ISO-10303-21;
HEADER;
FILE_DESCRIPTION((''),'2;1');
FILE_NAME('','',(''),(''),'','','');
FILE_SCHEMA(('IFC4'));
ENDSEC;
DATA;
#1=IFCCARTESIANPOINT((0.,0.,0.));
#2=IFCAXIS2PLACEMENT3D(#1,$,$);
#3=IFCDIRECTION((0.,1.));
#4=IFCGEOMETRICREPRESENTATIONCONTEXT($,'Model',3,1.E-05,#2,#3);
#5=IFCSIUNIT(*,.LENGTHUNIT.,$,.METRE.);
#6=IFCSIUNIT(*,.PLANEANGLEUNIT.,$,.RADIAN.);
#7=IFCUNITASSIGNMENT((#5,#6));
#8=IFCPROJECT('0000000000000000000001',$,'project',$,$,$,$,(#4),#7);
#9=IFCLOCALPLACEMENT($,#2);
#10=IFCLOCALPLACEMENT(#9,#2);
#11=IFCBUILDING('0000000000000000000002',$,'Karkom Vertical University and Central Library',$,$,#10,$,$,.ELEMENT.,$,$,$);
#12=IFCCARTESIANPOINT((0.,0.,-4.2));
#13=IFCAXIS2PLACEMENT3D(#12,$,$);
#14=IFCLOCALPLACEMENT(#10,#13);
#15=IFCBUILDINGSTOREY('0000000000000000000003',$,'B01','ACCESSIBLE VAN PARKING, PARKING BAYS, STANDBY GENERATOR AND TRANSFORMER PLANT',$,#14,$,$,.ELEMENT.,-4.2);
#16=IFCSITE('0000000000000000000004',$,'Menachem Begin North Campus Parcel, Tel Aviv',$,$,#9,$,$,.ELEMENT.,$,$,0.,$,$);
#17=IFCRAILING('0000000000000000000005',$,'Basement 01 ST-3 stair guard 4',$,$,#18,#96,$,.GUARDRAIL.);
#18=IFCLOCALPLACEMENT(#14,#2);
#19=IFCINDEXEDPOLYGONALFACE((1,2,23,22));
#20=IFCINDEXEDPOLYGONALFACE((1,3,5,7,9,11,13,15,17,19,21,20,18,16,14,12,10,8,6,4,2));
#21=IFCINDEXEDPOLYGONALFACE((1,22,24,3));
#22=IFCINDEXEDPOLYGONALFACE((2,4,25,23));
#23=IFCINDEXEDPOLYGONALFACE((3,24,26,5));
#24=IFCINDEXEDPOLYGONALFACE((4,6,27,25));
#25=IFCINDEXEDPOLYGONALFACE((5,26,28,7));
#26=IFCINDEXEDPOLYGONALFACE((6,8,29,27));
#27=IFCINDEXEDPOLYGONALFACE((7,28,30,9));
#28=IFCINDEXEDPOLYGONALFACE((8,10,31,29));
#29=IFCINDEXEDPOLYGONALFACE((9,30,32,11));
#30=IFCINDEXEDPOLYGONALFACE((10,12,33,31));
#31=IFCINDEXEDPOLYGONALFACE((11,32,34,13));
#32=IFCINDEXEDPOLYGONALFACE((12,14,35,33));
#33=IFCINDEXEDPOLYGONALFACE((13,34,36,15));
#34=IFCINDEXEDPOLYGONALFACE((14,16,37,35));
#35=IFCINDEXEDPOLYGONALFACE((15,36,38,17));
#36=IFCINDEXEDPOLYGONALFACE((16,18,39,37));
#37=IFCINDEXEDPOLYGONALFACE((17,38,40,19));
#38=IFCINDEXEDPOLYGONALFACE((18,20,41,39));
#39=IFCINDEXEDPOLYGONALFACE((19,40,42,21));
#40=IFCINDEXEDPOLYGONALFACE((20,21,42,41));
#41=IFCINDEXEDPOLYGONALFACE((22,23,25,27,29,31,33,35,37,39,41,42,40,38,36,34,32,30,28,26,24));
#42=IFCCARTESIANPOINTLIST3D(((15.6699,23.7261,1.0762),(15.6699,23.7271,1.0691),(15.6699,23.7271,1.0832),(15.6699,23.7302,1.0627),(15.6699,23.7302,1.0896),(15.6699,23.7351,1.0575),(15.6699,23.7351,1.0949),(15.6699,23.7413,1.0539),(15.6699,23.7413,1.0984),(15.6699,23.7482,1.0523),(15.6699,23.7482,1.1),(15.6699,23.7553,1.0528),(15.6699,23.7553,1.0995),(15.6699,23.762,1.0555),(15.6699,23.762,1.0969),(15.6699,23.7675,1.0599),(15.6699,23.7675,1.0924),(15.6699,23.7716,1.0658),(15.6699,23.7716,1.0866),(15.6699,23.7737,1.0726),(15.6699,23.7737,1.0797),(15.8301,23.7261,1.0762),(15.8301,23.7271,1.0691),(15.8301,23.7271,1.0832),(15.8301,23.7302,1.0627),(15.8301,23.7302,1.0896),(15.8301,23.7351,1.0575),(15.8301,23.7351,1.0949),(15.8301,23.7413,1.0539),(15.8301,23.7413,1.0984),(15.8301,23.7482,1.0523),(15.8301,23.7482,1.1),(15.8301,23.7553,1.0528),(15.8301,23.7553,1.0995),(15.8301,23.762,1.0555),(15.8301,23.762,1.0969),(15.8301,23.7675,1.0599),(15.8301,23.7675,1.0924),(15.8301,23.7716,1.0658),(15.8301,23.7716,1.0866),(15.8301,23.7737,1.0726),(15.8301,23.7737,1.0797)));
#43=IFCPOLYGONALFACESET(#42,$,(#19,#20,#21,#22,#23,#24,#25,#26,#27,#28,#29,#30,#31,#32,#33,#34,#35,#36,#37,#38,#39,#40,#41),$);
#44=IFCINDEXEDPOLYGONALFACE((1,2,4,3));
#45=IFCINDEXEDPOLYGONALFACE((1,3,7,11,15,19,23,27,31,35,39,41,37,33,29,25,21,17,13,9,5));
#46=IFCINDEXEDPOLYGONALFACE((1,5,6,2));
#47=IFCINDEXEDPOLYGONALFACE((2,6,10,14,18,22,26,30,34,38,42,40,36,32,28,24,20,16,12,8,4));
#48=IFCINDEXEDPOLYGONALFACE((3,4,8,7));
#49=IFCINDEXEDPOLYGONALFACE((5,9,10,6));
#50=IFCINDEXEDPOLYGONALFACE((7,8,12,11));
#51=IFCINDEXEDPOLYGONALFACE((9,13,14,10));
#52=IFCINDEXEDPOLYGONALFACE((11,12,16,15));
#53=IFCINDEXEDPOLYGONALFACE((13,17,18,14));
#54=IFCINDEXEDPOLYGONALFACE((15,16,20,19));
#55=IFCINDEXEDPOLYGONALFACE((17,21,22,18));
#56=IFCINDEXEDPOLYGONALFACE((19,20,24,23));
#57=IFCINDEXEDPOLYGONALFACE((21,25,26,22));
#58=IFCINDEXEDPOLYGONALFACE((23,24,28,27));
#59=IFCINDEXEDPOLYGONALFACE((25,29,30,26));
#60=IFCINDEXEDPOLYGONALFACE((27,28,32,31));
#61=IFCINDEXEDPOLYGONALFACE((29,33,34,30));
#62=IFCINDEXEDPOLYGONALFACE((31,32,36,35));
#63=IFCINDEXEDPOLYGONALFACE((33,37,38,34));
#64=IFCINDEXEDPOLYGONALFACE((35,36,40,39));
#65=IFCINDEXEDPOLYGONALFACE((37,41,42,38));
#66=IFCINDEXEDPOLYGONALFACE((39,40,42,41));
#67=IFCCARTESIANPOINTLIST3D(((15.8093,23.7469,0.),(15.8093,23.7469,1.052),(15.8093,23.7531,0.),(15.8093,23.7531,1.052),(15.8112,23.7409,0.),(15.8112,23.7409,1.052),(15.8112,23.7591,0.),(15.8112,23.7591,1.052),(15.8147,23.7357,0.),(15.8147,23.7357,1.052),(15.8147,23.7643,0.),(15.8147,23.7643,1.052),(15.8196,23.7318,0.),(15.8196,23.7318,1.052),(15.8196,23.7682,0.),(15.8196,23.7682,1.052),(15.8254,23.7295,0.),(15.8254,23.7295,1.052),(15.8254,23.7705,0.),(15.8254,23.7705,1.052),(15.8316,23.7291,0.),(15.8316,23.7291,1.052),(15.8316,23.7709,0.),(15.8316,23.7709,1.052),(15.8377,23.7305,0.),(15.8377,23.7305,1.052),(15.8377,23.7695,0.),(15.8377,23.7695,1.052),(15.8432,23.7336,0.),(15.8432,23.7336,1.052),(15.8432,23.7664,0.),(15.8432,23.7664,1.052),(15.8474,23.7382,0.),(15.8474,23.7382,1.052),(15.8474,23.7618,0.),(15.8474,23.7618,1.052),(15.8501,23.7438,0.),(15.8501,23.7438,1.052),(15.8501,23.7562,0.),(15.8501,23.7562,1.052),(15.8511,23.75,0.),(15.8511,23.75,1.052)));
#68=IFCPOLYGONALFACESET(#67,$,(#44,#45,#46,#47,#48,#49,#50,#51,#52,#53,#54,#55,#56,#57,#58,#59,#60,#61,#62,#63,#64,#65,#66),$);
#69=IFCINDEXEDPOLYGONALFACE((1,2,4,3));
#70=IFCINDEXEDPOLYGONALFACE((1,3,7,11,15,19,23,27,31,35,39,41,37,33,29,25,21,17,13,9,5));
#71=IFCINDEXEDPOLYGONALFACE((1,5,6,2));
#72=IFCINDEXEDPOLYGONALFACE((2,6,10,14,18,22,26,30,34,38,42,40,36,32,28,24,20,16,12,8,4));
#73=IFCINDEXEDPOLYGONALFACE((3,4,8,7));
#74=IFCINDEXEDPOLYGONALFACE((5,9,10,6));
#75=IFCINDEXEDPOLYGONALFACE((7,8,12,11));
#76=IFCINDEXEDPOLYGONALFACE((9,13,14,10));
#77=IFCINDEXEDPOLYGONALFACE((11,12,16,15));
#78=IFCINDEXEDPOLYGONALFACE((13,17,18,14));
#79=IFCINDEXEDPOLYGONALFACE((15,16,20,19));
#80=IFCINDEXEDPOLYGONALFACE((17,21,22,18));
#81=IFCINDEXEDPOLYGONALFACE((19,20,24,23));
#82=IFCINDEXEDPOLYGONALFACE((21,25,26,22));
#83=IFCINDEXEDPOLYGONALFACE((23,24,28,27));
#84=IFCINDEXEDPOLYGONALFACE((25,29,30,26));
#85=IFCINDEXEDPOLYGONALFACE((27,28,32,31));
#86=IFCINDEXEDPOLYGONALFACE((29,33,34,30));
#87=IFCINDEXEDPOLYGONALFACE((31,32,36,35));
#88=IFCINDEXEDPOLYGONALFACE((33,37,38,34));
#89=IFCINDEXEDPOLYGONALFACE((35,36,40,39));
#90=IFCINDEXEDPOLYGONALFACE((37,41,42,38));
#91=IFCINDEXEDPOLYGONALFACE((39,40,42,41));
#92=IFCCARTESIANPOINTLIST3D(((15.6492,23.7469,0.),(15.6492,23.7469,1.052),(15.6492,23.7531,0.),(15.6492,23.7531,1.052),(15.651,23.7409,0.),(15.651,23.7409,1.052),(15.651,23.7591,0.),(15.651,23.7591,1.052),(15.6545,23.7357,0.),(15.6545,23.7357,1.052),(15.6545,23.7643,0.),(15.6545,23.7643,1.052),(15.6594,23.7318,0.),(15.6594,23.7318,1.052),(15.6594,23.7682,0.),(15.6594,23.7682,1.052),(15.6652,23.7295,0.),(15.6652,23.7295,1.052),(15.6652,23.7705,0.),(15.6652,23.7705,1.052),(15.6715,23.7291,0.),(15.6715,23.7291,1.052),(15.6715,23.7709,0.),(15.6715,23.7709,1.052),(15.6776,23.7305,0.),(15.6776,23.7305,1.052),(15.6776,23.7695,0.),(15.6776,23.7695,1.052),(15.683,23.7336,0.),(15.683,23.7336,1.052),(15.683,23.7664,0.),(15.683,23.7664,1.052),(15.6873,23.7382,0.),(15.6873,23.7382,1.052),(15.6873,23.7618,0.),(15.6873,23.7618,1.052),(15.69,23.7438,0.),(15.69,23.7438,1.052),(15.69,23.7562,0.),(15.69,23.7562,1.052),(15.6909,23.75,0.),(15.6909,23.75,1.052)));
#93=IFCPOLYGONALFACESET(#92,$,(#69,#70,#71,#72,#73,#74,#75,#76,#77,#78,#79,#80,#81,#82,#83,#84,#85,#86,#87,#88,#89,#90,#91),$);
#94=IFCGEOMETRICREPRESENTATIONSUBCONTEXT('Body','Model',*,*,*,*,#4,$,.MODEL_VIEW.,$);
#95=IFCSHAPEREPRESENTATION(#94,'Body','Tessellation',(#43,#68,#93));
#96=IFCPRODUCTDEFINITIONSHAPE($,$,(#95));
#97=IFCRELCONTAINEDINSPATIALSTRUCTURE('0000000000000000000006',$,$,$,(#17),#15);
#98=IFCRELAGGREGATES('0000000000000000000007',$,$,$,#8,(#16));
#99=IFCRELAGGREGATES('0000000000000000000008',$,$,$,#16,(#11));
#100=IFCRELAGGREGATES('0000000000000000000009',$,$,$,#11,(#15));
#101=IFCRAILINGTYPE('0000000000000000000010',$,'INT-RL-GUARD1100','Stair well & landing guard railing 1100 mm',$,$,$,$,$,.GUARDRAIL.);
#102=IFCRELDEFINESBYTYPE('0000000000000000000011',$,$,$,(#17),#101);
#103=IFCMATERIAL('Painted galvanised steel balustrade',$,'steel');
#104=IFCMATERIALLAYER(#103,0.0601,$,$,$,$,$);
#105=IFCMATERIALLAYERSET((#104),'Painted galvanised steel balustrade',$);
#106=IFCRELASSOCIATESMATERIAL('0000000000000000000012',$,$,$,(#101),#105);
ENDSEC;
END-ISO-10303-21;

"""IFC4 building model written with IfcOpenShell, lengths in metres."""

from ifc_helpers import new_model, si_unit, direction, frame, origin, origin_2d, place, context, subcontext, project, spatial, circle, extrude, material, layer, layer_set, type_object, element, save


model = new_model("IFC4")

# Units and contexts
model_context = context("Model", 3, precision=1e-05, world=origin(), true_north=direction((0.0, 1.0)))
body_context = subcontext(model_context, "Body", "Model", "MODEL_VIEW")
ifc_project = project(units=[si_unit("LENGTHUNIT", "METRE"), si_unit("PLANEANGLEUNIT", "RADIAN")], contexts=[model_context])

# Site, building, storey
site_placement = place(None, origin())
site = spatial("IfcSite", under=ifc_project, at=site_placement, Name="Menachem Begin North Campus Parcel, Tel Aviv", CompositionType="ELEMENT", RefElevation=0.0)
building_placement = place(site_placement, origin())
building = spatial("IfcBuilding", under=site, at=building_placement, Name="Karkom Vertical University and Central Library", CompositionType="ELEMENT")
storey_placement = place(building_placement, frame((0.0, 0.0, -4.2)))
storey = spatial("IfcBuildingStorey", under=building, at=storey_placement, Name="B01", Description="ACCESSIBLE VAN PARKING, PARKING BAYS, STANDBY GENERATOR AND TRANSFORMER PLANT", CompositionType="ELEMENT", Elevation=-4.2)

# Railing
ifc_material_1 = material(Name="Painted galvanised steel balustrade", Category="steel")
ifc_layer_1 = layer(ifc_material_1, 0.0601)
ifc_layer_set_1 = layer_set([ifc_layer_1], Name="Painted galvanised steel balustrade")
railing_type_1 = type_object("IfcRailingType", Name="INT-RL-GUARD1100", Description="Stair well & landing guard railing 1100 mm", PredefinedType="GUARDRAIL", material=ifc_layer_set_1)
railing_1_placement = place(storey_placement, frame((15.8301, 23.75, 0.0)))
element("IfcRailing", 1, at=railing_1_placement, inside=storey, type_object=railing_type_1, Name="Basement 01 ST-3 stair guard 4", PredefinedType="GUARDRAIL", context=body_context, shape_type="SweptSolid", body=[
    extrude(circle(Radius=0.0239, at=origin_2d()), frame((0.0, 0.0, 1.0762), z_axis=(-1.0, 0.0, 0.0), x_axis=(0.0, -1.0, 0.0)), (0.0, 0.0, 1.0), 0.1602),
    extrude(circle(Radius=0.021, at=origin_2d()), origin(), (0.0, 0.0, 1.0), 1.052),
    extrude(circle(Radius=0.021, at=origin_2d()), frame((-0.1602, 0.0, 0.0)), (0.0, 0.0, 1.0), 1.052),
])

save(model, "model.ifc")
